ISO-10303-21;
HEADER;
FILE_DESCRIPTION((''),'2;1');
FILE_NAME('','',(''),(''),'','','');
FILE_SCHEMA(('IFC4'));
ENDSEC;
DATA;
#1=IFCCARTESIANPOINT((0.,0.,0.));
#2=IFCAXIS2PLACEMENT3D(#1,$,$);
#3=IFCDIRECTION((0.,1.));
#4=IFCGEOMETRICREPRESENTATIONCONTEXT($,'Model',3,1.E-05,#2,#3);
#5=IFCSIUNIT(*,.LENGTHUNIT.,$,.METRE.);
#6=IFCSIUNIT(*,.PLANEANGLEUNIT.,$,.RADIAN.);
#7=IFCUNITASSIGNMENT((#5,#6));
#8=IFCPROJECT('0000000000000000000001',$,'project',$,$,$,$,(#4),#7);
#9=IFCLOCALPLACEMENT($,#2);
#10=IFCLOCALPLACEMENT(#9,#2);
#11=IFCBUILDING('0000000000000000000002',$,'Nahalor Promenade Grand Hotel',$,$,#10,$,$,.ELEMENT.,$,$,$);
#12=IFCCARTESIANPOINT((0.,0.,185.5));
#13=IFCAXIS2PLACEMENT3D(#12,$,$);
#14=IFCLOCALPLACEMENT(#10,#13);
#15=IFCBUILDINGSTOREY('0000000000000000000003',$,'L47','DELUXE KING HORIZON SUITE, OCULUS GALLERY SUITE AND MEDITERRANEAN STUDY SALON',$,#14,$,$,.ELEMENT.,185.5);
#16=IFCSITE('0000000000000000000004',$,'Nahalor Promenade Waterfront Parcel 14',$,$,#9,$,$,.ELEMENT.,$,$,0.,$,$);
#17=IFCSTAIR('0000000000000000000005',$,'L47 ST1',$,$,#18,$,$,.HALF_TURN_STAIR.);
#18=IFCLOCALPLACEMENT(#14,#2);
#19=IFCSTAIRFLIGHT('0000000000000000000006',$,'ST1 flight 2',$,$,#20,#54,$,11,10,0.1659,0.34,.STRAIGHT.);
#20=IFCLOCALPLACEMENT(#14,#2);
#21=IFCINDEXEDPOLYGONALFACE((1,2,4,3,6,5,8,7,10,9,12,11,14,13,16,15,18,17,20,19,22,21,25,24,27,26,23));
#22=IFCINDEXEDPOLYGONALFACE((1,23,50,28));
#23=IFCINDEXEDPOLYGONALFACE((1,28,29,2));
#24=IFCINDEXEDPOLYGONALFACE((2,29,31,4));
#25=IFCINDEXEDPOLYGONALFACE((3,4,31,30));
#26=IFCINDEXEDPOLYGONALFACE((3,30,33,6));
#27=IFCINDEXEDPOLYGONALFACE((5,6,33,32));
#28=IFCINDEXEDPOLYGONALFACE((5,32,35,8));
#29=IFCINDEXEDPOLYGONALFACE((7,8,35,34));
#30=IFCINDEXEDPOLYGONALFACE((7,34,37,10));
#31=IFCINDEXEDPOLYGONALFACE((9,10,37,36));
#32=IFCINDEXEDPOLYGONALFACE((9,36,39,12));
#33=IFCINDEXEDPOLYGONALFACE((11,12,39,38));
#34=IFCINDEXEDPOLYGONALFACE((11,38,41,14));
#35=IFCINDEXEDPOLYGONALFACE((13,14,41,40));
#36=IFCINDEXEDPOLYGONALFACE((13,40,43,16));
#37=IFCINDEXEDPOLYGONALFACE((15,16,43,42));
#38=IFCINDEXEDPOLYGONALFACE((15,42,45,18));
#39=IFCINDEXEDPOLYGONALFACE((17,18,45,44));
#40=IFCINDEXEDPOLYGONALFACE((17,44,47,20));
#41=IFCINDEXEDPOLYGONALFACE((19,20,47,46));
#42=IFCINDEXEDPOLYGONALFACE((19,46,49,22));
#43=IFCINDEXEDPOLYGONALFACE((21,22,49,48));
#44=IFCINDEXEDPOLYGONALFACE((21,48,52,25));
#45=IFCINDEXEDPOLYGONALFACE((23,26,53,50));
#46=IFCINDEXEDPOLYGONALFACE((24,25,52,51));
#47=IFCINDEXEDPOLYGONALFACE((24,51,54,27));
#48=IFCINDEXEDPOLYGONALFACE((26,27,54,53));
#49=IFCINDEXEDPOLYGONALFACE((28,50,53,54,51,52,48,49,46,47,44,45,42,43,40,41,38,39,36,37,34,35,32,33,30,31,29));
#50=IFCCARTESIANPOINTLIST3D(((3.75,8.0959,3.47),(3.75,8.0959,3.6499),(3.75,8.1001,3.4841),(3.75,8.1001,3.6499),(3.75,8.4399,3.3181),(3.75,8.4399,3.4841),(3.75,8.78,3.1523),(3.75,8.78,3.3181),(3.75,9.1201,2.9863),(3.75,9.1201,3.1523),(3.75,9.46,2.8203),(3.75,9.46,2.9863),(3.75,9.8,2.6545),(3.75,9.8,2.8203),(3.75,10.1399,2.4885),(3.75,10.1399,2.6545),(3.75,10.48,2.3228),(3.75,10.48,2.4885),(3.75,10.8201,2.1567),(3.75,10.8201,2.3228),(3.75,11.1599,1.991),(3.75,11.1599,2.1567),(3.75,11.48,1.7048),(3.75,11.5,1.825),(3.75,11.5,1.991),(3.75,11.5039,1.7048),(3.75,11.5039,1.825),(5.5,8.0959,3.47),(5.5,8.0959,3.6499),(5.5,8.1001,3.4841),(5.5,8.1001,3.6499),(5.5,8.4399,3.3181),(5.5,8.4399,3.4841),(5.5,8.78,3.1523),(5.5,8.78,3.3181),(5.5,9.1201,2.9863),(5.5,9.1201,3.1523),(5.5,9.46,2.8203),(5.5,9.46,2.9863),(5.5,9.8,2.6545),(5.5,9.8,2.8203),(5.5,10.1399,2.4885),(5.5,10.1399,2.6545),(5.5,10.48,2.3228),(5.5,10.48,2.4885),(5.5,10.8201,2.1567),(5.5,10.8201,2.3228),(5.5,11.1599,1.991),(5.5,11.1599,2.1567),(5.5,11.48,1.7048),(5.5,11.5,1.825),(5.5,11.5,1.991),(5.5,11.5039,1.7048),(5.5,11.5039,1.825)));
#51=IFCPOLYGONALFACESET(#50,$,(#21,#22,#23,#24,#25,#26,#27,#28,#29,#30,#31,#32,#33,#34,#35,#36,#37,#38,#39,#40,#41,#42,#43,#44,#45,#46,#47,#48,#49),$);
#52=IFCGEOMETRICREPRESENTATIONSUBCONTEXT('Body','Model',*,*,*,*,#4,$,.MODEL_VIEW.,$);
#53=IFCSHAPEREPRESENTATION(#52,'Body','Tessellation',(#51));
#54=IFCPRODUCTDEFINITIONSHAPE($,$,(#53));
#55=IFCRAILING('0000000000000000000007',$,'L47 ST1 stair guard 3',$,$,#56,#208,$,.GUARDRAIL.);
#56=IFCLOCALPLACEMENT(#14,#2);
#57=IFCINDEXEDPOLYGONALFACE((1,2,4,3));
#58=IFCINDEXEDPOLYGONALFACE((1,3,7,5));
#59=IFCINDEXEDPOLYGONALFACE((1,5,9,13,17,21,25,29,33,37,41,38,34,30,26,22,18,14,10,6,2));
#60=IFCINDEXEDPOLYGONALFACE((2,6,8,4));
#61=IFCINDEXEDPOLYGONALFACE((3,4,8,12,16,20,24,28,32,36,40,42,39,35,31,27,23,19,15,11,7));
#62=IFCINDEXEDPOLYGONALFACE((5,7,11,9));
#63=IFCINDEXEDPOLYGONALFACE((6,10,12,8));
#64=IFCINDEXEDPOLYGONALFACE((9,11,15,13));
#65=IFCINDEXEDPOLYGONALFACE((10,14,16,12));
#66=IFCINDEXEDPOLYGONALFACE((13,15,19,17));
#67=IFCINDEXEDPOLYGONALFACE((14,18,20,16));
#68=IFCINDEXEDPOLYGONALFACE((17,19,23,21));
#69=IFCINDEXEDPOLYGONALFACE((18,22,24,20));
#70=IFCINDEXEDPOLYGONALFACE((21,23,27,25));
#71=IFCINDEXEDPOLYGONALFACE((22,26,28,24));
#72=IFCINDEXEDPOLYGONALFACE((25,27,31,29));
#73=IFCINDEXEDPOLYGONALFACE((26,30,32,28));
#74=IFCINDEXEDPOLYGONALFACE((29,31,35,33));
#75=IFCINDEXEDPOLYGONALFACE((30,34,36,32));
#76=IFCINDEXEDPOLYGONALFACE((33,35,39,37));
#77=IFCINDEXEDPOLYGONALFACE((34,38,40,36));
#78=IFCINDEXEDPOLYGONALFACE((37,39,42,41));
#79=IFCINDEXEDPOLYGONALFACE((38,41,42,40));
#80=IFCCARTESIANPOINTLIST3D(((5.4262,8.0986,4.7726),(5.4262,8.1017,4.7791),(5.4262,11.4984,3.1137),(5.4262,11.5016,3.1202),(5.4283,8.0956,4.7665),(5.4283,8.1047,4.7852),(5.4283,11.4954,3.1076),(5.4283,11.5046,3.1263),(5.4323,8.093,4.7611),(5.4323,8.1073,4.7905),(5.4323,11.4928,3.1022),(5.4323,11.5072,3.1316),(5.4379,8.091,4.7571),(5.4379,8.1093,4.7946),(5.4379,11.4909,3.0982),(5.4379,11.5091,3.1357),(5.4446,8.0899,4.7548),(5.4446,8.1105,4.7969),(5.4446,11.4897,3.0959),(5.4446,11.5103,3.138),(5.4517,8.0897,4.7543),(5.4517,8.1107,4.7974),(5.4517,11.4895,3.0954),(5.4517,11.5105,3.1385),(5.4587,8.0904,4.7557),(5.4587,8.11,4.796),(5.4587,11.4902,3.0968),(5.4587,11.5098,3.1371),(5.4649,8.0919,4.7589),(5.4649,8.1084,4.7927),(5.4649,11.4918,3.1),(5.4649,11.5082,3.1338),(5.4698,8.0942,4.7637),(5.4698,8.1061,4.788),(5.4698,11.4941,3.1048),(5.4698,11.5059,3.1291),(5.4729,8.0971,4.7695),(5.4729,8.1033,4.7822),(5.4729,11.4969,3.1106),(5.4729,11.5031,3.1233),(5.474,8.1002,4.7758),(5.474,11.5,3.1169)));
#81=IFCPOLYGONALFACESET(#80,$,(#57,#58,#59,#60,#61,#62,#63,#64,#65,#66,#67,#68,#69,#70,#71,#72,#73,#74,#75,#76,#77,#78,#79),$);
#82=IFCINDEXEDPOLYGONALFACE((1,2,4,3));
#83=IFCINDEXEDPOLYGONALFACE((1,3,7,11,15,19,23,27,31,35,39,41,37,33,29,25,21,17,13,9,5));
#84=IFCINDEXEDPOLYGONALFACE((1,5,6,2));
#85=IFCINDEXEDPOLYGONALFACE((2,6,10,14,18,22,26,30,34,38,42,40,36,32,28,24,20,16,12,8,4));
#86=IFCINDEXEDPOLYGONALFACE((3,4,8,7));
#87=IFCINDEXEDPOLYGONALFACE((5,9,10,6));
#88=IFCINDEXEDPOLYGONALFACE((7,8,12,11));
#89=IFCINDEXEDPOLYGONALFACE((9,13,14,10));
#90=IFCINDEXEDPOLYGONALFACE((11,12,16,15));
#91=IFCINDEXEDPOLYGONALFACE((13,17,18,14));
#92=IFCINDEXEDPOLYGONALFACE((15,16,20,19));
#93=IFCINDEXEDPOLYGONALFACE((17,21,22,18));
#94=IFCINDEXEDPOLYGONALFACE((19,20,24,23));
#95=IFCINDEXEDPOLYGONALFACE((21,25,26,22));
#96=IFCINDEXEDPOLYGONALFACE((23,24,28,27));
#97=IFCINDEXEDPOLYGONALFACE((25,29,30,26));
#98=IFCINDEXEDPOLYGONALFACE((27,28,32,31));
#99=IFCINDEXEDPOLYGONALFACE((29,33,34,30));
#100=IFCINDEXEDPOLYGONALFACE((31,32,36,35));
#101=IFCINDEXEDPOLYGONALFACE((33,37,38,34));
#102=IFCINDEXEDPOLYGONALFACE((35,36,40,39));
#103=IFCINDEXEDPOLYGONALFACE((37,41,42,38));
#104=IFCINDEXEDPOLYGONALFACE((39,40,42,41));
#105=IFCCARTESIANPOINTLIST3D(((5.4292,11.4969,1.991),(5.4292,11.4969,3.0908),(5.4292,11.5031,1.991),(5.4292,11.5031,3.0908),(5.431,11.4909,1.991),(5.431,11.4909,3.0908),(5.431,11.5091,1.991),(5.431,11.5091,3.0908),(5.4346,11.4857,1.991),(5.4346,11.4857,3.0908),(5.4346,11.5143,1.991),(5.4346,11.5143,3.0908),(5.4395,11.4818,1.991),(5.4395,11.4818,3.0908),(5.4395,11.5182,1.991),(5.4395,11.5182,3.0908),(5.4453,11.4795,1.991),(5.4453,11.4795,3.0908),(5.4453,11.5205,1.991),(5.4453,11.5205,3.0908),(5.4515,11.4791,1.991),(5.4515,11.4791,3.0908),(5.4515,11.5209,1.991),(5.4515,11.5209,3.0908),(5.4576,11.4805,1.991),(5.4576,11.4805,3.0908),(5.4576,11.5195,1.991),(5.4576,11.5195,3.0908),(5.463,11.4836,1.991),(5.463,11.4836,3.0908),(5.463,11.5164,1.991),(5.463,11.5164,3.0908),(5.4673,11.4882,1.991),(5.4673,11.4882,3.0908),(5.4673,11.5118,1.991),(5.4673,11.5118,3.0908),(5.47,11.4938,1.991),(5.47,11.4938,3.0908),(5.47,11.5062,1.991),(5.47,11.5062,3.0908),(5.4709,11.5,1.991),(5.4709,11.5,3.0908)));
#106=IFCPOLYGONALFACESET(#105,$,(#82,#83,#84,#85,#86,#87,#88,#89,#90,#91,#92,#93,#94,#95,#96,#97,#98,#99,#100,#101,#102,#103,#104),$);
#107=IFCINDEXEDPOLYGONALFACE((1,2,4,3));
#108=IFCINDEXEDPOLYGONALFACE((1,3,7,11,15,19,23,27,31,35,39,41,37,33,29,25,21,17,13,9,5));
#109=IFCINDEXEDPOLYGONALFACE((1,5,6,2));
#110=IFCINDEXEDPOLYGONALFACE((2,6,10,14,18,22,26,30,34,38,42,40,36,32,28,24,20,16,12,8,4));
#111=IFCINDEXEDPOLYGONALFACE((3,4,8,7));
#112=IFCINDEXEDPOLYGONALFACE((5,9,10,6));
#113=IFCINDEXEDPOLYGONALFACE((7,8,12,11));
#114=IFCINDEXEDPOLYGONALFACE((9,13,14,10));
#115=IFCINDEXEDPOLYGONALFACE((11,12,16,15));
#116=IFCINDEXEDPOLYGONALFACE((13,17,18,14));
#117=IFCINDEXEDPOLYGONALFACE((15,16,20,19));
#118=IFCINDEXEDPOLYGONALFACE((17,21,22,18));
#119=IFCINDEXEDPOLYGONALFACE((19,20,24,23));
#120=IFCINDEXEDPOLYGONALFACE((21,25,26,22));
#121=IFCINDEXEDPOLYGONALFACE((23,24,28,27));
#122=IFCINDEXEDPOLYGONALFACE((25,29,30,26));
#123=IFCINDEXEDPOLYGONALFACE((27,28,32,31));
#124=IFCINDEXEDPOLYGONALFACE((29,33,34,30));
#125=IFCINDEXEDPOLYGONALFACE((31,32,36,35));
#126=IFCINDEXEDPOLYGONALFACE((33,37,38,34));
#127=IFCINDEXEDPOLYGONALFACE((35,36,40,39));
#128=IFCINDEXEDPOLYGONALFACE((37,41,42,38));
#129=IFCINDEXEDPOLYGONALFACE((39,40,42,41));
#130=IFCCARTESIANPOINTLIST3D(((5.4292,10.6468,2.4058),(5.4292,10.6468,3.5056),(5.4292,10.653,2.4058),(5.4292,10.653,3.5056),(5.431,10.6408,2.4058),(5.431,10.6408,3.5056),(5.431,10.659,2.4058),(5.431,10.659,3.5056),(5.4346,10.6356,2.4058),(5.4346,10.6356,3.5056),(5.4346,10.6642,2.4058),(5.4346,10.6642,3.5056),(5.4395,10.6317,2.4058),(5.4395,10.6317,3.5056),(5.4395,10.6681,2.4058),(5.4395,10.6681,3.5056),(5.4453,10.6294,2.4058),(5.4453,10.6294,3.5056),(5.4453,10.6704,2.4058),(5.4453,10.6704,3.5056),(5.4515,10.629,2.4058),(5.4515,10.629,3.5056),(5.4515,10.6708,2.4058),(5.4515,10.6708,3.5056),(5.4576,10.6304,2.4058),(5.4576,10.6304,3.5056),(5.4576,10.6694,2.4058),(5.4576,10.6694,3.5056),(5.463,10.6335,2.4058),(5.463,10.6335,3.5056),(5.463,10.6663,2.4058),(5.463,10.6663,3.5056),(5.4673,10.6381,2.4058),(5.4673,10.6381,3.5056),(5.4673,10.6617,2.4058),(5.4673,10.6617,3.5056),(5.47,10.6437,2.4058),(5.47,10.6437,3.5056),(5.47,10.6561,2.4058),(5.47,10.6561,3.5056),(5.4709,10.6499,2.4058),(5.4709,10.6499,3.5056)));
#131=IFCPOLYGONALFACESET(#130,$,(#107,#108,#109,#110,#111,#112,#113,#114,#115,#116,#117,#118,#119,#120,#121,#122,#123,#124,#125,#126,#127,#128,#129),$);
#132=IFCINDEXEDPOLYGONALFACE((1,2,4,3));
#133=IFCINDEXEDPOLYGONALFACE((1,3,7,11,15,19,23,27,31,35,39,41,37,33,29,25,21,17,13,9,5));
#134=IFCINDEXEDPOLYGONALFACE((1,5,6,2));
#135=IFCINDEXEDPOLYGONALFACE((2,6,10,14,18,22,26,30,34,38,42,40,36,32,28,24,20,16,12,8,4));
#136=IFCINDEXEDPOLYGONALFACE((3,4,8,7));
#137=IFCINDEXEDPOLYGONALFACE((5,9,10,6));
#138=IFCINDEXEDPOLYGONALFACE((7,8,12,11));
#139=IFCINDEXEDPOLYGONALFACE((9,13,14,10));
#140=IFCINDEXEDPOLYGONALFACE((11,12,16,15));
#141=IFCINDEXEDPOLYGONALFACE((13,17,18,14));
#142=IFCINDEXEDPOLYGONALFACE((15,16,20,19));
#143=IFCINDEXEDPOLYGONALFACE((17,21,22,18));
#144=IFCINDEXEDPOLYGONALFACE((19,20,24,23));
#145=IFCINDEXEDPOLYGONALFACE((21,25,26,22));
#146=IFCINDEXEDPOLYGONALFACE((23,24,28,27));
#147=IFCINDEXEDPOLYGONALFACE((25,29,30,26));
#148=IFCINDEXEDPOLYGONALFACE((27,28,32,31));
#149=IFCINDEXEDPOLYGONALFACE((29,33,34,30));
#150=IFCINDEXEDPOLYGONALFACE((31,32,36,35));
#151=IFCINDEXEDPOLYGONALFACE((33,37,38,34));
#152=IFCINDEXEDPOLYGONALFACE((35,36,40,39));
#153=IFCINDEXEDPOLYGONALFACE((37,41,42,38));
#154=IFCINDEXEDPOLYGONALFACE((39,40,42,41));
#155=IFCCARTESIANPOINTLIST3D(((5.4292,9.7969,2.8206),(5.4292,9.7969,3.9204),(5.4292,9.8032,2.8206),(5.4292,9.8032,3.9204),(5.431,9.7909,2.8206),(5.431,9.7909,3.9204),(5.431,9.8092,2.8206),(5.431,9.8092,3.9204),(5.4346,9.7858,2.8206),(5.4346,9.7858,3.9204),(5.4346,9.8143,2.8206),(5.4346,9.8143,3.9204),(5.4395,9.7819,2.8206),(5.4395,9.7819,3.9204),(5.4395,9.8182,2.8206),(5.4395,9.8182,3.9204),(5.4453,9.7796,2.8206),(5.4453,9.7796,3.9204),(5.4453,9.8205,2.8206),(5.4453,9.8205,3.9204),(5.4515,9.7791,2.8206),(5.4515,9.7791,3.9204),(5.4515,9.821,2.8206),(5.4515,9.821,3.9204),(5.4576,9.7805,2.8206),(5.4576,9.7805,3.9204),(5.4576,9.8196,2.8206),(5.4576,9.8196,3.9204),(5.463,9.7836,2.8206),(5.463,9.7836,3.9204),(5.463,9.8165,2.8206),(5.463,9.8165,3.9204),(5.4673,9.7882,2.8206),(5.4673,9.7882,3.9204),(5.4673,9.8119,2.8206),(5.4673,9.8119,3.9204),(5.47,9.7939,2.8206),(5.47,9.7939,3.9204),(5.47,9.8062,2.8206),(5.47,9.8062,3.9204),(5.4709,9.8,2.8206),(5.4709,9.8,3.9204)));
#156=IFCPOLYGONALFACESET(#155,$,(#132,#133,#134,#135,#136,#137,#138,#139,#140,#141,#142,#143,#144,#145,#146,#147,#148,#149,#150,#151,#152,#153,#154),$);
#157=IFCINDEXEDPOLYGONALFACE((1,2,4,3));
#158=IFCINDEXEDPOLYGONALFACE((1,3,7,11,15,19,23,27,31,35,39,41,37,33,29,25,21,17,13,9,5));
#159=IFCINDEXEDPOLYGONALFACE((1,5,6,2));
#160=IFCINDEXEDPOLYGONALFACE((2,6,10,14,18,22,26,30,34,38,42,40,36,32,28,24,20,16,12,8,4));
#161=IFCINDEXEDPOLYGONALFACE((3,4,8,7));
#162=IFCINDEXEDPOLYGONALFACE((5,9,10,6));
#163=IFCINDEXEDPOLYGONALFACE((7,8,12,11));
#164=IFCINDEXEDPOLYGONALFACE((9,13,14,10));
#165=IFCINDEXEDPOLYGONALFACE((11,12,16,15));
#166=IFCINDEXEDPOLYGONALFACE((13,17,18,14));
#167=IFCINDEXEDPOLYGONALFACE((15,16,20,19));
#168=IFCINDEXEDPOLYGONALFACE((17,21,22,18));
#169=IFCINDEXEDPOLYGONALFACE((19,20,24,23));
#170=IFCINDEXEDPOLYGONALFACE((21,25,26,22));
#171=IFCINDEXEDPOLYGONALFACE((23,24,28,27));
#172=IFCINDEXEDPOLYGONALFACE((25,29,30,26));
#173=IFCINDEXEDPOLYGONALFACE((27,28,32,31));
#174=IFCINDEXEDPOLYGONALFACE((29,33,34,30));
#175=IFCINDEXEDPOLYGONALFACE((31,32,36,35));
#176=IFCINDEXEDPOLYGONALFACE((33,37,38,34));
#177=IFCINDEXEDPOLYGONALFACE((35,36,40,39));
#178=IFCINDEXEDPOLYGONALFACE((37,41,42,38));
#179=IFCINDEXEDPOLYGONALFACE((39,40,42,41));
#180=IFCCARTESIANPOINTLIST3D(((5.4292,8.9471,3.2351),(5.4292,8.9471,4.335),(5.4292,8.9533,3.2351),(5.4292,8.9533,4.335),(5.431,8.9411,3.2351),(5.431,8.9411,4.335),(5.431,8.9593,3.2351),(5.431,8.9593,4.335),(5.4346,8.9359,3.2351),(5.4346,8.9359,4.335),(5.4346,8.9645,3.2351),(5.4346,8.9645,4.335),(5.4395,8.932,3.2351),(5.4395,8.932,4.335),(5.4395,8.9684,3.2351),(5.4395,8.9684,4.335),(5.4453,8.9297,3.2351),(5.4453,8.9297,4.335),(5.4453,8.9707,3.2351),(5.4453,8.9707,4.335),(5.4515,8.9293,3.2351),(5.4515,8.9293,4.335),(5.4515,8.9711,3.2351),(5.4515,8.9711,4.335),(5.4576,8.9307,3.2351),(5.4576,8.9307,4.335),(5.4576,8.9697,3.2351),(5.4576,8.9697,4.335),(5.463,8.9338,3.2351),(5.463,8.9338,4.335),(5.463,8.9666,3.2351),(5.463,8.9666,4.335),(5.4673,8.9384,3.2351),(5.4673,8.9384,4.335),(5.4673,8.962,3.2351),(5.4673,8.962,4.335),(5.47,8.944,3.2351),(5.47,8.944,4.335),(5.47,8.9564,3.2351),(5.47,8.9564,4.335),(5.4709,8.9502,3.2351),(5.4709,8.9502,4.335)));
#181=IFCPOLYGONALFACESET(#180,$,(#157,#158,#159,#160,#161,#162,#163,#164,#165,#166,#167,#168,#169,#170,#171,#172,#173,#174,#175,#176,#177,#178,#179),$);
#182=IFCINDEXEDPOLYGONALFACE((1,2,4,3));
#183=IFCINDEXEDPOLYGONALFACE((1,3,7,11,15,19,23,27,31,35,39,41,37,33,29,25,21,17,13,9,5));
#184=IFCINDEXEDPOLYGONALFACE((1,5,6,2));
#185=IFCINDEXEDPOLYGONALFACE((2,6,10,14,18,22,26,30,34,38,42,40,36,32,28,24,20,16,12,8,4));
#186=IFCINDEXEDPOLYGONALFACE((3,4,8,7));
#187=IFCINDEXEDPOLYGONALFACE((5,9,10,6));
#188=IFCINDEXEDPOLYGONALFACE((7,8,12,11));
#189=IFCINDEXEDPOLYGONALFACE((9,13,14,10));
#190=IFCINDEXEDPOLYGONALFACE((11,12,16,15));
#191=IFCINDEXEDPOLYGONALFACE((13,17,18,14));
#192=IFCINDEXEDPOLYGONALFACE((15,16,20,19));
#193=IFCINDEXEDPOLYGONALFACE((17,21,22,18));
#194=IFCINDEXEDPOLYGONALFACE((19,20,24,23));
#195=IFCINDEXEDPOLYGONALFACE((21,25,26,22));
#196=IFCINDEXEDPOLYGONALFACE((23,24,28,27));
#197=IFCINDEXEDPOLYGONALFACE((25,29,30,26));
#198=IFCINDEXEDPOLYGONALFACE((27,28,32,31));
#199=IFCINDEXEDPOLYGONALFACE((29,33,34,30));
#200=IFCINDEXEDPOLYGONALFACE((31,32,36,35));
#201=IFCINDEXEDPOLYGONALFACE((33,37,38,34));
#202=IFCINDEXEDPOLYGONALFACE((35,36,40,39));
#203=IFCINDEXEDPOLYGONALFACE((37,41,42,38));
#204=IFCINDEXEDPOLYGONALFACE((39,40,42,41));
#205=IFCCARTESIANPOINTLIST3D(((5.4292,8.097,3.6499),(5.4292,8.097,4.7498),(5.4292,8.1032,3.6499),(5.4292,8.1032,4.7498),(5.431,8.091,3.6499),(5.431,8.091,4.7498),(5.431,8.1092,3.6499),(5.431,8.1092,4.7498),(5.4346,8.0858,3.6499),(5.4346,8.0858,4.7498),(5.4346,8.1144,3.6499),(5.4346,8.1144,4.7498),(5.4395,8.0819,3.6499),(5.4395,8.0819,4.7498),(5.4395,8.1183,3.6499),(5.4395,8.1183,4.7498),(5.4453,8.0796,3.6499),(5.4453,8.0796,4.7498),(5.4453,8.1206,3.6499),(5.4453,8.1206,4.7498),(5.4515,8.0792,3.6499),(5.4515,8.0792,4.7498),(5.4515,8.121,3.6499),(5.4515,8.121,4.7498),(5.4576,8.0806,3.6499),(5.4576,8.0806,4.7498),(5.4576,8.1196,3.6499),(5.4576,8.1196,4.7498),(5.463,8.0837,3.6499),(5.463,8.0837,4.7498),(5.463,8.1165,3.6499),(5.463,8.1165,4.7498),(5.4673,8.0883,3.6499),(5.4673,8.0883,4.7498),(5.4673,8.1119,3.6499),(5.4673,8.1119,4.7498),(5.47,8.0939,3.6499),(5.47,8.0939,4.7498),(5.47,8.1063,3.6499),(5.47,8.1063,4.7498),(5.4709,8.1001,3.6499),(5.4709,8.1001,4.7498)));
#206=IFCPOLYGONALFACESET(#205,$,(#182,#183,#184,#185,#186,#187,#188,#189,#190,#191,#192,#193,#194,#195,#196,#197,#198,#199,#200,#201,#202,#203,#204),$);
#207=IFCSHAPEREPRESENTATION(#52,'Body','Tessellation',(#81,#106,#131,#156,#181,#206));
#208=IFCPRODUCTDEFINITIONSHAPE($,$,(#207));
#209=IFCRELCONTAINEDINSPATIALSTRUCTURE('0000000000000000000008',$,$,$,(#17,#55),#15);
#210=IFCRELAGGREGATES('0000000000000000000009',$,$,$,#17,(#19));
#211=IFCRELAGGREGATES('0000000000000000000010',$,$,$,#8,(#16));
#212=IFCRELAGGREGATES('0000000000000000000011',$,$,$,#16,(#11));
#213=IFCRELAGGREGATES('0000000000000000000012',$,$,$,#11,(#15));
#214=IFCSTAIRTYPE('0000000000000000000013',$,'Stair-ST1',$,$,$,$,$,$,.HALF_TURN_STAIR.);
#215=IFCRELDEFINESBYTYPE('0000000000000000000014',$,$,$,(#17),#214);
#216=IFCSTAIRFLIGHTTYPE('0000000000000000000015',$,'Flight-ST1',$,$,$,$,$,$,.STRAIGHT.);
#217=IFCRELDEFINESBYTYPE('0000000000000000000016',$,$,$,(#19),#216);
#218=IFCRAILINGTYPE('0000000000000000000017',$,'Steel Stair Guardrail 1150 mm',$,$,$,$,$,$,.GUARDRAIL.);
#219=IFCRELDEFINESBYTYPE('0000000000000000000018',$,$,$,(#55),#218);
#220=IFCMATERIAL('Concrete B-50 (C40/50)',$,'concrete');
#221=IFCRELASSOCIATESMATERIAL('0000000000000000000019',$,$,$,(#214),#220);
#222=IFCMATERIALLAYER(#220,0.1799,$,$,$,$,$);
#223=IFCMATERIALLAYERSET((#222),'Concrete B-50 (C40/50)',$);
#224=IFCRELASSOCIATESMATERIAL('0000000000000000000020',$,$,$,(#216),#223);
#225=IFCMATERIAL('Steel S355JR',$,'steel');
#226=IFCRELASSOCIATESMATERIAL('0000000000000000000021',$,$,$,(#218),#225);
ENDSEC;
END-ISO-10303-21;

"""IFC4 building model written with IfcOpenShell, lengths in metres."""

from ifc_helpers import new_model, si_unit, direction, frame, origin, origin_2d, place, context, subcontext, project, spatial, polyline, circle, outline, extrude, source, transform, mapped, material, layer, layer_set, type_object, element, aggregate, save


model = new_model("IFC4")

# Units and contexts
model_context = context("Model", 3, precision=1e-05, world=origin(), true_north=direction((0.0, 1.0)))
body_context = subcontext(model_context, "Body", "Model", "MODEL_VIEW")
ifc_project = project(units=[si_unit("LENGTHUNIT", "METRE"), si_unit("PLANEANGLEUNIT", "RADIAN")], contexts=[model_context])

# Site, building, storey
site_placement = place(None, origin())
site = spatial("IfcSite", under=ifc_project, at=site_placement, Name="Nahalor Promenade Waterfront Parcel 14", CompositionType="ELEMENT", RefElevation=0.0)
building_placement = place(site_placement, origin())
building = spatial("IfcBuilding", under=site, at=building_placement, Name="Nahalor Promenade Grand Hotel", CompositionType="ELEMENT")
storey_placement = place(building_placement, frame((0.0, 0.0, 185.5)))
storey = spatial("IfcBuildingStorey", under=building, at=storey_placement, Name="L47", Description="DELUXE KING HORIZON SUITE, OCULUS GALLERY SUITE AND MEDITERRANEAN STUDY SALON", CompositionType="ELEMENT", Elevation=185.5)

# Shared definitions
ifc_material_1 = material(Name="Steel S355JR", Category="steel")

# Shared definitions
ifc_material_2 = material(Name="Concrete B-50 (C40/50)", Category="concrete")

# Stair, stair flight
stair_type = type_object("IfcStairType", Name="Stair-ST1", PredefinedType="HALF_TURN_STAIR", material=ifc_material_2)
stair_placement = place(storey_placement, origin())
stair = element("IfcStair", 1, at=stair_placement, inside=storey, type_object=stair_type, Name="L47 ST1", PredefinedType="HALF_TURN_STAIR")
ifc_layer_1 = layer(ifc_material_2, 0.1799)
ifc_layer_set_1 = layer_set([ifc_layer_1], Name="Concrete B-50 (C40/50)")
stair_flight_type = type_object("IfcStairFlightType", Name="Flight-ST1", PredefinedType="STRAIGHT", material=ifc_layer_set_1)
shared_shape_1 = source(origin(), body_context, "Body", "SweptSolid", [
    extrude(outline(polyline([(-0.0039, -0.1201), (-0.0039, 0.0), (0.0, 0.0), (0.0, 0.166), (0.3401, 0.166), (0.3401, 0.3318), (0.6799, 0.3318), (0.6799, 0.4978), (1.02, 0.4978), (1.02, 0.6636), (1.3601, 0.6636), (1.3601, 0.8296), (1.7, 0.8296), (1.7, 0.9954), (2.04, 0.9954), (2.04, 1.1614), (2.3799, 1.1614), (2.3799, 1.3274), (2.72, 1.3274), (2.72, 1.4932), (3.0601, 1.4932), (3.0601, 1.6592), (3.3999, 1.6592), (3.3999, 1.825), (3.4041, 1.825), (3.4041, 1.645), (0.02, -0.1201), (-0.0039, -0.1201)])), frame((0.0, 0.875, 0.0), z_axis=(0.0, -1.0, 0.0), x_axis=(1.0, 0.0, 0.0)), (0.0, 0.0, 1.0), 1.75),
])
stair_flight_placement = place(storey_placement, frame((4.625, 11.5, 1.825), z_axis=(0.0, 0.0, 1.0), x_axis=(0.0, -1.0, 0.0)))
stair_flight = element("IfcStairFlight", 2, at=stair_flight_placement, type_object=stair_flight_type, Name="ST1 flight 2", NumberOfRisers=11, NumberOfTreads=10, PredefinedType="STRAIGHT", RiserHeight=0.1659, TreadLength=0.34, context=body_context, shape_type="MappedRepresentation", body=[
    mapped(shared_shape_1, transform((0.0, 0.0, 0.0), scale=1.0)),
])
aggregate(stair, [stair_flight])

# Railing
railing_type = type_object("IfcRailingType", Name="Steel Stair Guardrail 1150 mm", PredefinedType="GUARDRAIL", material=ifc_material_1)
railing_placement = place(storey_placement, frame((5.45, 11.5, 1.991)))
element("IfcRailing", 3, at=railing_placement, inside=storey, type_object=railing_type, Name="L47 ST1 stair guard 3", PredefinedType="GUARDRAIL", context=body_context, shape_type="SweptSolid", body=[
    extrude(circle(Radius=0.024, at=origin_2d()), frame((0.0, 0.0, 1.126), z_axis=(0.0, -0.898722, 0.438519), x_axis=(1.0, 0.0, 0.0)), (0.0, 0.0, 1.0), 3.783),
    extrude(circle(Radius=0.021, at=origin_2d()), origin(), (0.0, 0.0, 1.0), 1.0999),
    extrude(circle(Radius=0.021, at=origin_2d()), frame((0.0, -0.8501, 0.4148)), (0.0, 0.0, 1.0), 1.0999),
    extrude(circle(Radius=0.021, at=origin_2d()), frame((0.0, -1.7, 0.8296)), (0.0, 0.0, 1.0), 1.0999),
    extrude(circle(Radius=0.021, at=origin_2d()), frame((0.0, -2.5498, 1.2441)), (0.0, 0.0, 1.0), 1.0999),
    extrude(circle(Radius=0.021, at=origin_2d()), frame((0.0, -3.3999, 1.6589)), (0.0, 0.0, 1.0), 1.0999),
])

save(model, "model.ifc")
